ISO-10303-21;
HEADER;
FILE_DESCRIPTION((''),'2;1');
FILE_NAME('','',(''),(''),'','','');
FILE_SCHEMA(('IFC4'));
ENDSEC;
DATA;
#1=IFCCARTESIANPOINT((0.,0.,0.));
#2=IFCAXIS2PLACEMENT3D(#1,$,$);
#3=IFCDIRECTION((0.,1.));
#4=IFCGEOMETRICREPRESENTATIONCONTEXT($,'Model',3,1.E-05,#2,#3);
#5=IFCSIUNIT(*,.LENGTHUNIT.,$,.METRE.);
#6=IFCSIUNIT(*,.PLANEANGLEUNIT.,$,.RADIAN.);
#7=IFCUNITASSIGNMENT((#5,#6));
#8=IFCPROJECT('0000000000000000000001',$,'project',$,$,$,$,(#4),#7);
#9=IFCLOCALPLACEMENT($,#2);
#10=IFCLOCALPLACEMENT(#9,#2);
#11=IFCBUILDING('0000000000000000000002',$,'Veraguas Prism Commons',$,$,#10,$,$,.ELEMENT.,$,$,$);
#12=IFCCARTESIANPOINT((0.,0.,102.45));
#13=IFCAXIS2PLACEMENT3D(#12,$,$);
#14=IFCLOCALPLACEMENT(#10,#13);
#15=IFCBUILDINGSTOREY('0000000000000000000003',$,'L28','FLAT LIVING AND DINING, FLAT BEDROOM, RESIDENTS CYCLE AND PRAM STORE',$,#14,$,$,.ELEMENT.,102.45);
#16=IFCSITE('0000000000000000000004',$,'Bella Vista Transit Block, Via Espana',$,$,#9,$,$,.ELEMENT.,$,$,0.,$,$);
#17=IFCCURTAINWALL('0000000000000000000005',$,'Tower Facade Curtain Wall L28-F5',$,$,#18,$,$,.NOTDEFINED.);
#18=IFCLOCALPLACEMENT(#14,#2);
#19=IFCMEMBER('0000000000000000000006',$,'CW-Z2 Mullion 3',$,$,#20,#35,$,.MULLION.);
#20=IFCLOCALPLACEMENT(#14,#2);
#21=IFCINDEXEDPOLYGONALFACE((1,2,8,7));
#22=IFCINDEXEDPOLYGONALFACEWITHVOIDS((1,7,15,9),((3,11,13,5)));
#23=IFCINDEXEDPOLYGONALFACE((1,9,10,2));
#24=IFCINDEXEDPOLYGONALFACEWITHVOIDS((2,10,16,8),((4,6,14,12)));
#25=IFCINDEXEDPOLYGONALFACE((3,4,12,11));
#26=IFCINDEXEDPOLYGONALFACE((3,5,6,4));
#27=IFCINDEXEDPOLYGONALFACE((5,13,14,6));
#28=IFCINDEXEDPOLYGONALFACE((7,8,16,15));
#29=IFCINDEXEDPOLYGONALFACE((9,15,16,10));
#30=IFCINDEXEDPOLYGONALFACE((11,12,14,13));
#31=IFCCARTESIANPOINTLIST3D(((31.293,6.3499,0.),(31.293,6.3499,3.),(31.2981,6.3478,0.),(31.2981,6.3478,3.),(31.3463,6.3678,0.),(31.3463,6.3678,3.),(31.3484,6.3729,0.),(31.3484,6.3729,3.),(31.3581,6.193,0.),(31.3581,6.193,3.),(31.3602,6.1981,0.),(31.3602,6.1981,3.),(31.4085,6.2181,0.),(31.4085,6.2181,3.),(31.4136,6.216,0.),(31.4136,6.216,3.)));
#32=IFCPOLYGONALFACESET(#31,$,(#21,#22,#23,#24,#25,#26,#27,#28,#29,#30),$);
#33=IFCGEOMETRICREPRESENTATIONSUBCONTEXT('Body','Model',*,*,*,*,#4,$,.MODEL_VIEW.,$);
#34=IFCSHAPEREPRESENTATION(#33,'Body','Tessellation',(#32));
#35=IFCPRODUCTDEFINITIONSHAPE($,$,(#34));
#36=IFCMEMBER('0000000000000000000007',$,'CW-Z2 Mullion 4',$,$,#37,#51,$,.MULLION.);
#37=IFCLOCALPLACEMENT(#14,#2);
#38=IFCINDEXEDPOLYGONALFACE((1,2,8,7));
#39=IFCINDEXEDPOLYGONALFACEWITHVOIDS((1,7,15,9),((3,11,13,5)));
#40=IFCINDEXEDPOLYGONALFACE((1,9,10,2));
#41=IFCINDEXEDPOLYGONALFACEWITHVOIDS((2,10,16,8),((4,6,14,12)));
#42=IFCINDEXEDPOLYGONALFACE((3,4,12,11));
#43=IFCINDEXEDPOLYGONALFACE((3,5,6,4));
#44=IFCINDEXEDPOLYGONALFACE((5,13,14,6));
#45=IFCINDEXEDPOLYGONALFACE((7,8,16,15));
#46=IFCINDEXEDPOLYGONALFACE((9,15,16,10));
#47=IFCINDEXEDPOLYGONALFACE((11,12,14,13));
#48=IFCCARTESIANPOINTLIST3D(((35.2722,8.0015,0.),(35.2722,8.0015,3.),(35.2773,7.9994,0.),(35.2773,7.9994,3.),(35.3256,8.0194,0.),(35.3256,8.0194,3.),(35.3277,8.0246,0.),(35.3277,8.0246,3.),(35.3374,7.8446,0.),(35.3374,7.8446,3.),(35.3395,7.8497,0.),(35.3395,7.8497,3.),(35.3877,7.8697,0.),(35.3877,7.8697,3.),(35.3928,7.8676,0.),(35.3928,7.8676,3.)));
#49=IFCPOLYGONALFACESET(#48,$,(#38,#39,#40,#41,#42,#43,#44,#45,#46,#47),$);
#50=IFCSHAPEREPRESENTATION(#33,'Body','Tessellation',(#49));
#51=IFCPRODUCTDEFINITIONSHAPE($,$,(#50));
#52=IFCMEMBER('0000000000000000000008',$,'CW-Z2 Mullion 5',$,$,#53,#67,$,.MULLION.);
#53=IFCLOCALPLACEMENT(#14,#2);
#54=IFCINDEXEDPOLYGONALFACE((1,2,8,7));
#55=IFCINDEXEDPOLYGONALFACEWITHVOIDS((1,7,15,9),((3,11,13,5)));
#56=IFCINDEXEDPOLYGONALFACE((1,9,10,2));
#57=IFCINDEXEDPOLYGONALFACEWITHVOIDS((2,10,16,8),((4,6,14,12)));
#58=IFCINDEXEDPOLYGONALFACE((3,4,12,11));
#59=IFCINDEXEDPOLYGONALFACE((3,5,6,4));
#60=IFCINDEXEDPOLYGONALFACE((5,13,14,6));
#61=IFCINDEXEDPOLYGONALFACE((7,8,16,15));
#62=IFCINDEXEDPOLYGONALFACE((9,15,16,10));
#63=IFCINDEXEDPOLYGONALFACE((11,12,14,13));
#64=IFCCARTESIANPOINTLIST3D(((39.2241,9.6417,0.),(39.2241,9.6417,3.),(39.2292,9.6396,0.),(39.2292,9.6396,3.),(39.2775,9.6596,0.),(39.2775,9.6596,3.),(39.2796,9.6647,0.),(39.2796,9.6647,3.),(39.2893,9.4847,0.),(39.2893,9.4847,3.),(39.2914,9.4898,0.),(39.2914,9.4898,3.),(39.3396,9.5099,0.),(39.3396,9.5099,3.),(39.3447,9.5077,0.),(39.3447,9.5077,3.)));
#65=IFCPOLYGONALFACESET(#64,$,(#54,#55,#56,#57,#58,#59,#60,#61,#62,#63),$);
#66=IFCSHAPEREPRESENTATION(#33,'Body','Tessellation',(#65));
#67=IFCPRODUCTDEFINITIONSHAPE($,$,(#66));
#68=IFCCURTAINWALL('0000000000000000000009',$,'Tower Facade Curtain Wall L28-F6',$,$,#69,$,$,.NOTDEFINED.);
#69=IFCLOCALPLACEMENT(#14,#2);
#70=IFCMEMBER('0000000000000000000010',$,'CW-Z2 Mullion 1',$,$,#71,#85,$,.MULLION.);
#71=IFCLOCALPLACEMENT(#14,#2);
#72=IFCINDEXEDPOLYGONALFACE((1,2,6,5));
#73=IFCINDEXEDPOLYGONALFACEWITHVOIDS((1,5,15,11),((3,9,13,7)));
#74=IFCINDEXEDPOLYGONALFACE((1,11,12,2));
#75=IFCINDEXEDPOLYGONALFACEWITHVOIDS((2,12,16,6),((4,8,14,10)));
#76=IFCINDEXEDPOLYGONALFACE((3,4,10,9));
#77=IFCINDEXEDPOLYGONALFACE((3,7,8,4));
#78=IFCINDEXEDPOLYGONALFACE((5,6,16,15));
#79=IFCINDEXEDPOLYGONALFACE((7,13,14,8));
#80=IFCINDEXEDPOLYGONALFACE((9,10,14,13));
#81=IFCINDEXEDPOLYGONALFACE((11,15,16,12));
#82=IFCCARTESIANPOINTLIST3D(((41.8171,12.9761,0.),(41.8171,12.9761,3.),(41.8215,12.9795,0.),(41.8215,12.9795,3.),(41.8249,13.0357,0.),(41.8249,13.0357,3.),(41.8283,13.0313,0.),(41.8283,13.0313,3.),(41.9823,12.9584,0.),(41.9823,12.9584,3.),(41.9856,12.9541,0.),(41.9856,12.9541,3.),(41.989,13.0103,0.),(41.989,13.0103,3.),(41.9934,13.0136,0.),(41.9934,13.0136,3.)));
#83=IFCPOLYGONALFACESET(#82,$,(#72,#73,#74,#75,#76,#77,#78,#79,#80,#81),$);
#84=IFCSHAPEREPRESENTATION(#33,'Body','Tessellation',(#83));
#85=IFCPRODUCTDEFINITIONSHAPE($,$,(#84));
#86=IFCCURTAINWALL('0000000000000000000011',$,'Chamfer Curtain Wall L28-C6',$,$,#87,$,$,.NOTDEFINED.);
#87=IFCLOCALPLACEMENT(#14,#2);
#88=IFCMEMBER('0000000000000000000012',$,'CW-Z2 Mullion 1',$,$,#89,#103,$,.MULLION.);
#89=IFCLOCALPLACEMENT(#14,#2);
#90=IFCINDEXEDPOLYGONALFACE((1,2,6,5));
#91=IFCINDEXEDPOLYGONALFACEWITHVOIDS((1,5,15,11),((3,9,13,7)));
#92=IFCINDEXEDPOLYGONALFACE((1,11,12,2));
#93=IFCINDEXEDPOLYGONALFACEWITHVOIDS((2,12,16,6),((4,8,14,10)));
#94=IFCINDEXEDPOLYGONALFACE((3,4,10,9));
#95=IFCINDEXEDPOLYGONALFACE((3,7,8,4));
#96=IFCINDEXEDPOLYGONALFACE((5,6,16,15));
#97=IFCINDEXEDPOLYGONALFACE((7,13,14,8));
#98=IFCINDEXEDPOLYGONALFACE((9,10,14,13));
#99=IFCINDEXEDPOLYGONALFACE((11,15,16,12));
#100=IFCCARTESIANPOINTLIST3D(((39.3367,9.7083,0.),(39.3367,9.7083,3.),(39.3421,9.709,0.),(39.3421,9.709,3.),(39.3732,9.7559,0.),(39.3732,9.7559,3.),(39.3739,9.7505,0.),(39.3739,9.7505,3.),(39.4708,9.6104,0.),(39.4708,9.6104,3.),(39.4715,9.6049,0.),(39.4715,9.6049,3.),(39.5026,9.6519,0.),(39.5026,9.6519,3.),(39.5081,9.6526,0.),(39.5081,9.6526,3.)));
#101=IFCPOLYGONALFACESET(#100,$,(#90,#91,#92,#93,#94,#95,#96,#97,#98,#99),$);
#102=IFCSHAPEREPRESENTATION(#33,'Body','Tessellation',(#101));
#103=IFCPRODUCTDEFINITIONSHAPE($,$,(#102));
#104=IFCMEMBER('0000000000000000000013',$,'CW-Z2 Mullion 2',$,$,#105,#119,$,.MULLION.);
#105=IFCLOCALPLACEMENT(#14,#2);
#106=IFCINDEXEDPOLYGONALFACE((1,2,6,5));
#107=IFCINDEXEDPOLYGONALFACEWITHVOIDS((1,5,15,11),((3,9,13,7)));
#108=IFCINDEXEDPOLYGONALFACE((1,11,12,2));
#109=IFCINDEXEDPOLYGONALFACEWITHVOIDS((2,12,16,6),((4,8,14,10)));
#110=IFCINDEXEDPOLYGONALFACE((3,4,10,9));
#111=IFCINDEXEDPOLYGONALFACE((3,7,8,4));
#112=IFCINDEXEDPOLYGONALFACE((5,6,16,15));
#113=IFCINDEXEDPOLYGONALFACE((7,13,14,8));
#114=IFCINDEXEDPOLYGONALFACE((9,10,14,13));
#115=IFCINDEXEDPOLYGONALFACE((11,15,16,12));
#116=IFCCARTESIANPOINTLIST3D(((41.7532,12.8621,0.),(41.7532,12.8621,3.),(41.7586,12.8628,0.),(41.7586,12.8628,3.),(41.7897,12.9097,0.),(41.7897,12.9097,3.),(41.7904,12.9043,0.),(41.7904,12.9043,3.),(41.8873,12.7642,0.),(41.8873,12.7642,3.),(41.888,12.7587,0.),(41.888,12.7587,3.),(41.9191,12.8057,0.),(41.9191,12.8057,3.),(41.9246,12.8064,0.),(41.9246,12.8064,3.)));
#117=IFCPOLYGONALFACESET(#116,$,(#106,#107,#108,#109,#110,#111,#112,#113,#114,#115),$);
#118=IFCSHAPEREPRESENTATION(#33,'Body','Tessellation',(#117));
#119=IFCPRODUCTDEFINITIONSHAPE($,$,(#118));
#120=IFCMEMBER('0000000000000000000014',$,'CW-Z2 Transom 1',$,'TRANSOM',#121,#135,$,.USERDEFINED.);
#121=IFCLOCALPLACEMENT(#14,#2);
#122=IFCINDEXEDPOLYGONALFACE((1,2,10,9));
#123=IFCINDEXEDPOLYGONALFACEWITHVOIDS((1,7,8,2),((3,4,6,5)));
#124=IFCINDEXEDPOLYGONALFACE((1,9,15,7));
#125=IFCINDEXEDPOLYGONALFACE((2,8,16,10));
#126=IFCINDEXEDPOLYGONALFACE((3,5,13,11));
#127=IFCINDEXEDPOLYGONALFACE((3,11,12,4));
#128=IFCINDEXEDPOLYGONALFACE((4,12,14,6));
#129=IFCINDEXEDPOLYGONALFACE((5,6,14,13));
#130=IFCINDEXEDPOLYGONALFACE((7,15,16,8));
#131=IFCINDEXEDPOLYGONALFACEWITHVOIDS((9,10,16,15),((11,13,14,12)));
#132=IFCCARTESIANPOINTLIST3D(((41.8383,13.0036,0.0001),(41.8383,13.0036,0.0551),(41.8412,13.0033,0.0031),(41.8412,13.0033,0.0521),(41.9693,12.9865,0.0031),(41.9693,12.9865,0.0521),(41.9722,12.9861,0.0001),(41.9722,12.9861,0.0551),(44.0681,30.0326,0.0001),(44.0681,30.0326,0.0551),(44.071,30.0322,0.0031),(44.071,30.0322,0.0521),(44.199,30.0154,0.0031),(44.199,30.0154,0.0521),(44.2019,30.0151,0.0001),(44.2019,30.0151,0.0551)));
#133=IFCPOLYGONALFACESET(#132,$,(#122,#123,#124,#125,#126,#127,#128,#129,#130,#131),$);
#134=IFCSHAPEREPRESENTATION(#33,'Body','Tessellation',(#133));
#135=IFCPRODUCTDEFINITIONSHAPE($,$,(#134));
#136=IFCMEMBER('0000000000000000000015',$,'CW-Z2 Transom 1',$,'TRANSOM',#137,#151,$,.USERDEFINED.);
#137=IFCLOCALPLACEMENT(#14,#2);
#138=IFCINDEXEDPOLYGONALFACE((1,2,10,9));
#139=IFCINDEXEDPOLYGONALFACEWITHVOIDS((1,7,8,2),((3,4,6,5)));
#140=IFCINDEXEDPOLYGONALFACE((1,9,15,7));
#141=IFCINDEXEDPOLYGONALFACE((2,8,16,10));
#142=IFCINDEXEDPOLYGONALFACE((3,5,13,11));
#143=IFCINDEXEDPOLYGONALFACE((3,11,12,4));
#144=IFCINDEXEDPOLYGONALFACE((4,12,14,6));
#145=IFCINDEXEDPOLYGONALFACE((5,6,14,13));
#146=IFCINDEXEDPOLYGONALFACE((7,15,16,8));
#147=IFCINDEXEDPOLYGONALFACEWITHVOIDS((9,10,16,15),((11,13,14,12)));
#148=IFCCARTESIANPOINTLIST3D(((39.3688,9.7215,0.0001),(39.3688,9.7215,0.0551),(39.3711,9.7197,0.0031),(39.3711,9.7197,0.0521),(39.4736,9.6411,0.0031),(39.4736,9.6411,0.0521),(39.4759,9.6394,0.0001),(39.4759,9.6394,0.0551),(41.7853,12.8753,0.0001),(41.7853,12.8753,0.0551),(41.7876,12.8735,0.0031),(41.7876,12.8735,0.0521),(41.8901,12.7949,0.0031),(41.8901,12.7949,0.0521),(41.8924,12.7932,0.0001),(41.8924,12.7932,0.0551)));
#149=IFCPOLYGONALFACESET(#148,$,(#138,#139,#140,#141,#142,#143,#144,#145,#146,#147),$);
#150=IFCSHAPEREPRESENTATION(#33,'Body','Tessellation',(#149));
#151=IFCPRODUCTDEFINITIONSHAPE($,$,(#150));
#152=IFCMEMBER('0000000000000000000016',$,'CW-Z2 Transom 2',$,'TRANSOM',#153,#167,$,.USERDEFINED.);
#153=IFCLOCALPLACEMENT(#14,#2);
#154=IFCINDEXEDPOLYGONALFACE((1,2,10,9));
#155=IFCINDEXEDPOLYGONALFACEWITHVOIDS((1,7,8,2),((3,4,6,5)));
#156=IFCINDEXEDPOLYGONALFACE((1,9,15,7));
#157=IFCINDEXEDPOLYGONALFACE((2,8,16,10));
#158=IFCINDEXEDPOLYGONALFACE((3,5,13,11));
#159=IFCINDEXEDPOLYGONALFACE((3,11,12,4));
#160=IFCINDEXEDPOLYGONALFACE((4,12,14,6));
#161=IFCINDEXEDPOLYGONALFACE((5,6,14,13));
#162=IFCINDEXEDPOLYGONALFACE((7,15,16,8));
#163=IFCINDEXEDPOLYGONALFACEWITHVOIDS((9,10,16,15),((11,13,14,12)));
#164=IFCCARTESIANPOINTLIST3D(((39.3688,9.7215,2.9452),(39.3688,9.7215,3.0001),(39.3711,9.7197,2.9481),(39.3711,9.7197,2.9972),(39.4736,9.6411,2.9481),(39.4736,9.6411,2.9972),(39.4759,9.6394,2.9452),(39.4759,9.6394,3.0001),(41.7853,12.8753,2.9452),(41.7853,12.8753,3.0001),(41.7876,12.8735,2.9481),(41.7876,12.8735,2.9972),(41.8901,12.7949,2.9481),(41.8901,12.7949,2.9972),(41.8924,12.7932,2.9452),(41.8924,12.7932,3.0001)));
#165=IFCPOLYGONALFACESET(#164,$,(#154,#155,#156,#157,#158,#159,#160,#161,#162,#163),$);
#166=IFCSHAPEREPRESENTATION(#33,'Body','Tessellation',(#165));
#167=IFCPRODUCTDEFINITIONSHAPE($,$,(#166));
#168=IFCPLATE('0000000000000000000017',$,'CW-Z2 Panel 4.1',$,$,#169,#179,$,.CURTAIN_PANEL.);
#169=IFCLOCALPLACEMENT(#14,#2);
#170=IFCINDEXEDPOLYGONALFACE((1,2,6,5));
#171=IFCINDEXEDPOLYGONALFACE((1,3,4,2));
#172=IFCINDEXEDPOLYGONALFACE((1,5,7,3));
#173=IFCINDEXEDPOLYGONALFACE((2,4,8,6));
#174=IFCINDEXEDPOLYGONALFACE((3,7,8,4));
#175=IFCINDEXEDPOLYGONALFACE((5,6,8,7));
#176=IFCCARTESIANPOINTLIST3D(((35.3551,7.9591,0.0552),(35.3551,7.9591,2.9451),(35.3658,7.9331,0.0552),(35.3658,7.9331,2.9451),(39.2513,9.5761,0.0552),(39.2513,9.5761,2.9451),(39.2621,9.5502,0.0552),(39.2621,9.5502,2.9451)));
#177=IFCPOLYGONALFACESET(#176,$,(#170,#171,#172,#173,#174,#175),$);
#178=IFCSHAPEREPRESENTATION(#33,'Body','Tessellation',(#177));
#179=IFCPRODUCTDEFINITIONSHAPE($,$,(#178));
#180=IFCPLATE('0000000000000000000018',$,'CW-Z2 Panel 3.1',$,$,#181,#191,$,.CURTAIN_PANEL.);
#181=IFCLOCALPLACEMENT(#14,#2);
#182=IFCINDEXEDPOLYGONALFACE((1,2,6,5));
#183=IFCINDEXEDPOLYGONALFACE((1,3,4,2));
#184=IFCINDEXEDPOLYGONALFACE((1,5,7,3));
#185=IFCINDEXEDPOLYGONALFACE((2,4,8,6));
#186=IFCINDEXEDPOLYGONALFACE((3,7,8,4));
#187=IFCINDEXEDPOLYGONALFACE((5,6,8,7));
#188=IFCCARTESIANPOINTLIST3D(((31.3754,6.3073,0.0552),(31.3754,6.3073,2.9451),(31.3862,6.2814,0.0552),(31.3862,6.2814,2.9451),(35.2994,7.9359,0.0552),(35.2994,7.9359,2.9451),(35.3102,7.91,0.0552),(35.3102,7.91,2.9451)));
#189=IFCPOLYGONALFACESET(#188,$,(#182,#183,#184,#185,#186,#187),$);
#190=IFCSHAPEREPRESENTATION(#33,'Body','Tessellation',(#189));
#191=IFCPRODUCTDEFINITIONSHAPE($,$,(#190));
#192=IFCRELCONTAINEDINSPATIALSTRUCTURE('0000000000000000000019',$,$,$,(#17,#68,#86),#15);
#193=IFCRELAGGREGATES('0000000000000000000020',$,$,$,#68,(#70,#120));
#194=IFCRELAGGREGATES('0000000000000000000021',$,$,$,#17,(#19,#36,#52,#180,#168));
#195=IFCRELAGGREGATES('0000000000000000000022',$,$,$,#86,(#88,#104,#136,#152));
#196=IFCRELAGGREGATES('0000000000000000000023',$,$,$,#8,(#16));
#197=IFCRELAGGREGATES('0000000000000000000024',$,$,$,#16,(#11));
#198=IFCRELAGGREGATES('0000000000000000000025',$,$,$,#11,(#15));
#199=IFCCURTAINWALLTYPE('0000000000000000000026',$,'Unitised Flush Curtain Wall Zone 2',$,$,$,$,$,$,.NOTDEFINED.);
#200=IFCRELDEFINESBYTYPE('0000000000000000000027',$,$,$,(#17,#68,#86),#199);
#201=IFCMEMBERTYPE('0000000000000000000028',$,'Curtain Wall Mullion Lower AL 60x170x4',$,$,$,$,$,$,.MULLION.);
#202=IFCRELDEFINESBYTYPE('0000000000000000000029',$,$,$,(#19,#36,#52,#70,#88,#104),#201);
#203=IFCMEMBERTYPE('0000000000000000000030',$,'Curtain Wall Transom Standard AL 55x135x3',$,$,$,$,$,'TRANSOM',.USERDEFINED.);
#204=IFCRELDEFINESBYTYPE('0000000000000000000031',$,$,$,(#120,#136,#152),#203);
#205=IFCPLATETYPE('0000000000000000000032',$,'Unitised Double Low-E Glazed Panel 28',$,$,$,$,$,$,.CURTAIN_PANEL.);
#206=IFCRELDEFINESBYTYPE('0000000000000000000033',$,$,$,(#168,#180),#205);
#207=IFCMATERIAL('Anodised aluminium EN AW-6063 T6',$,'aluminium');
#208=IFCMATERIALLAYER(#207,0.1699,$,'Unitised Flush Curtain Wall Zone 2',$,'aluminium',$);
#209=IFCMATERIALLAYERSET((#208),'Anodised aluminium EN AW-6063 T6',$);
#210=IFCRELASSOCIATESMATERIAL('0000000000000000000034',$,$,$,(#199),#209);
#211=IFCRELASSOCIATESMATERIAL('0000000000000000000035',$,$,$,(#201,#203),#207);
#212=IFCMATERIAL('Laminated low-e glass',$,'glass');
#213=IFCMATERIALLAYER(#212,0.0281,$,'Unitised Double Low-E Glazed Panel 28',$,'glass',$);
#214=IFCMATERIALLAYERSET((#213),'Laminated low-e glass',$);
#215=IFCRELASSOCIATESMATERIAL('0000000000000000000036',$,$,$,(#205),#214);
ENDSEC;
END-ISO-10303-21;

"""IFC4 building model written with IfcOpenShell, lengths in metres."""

from ifc_helpers import new_model, si_unit, direction, frame, origin, origin_2d, place, context, subcontext, project, spatial, rectangle, hollow_rectangle, extrude, source, transform, mapped, material, layer, layer_set, material_profile, profile_set, type_object, element, aggregate, save


model = new_model("IFC4")

# Units and contexts
model_context = context("Model", 3, precision=1e-05, world=origin(), true_north=direction((0.0, 1.0)))
body_context = subcontext(model_context, "Body", "Model", "MODEL_VIEW")
ifc_project = project(units=[si_unit("LENGTHUNIT", "METRE"), si_unit("PLANEANGLEUNIT", "RADIAN")], contexts=[model_context])

# Site, building, storey
site_placement = place(None, origin())
site = spatial("IfcSite", under=ifc_project, at=site_placement, Name="Bella Vista Transit Block, Via Espana", CompositionType="ELEMENT", RefElevation=0.0)
building_placement = place(site_placement, origin())
building = spatial("IfcBuilding", under=site, at=building_placement, Name="Veraguas Prism Commons", CompositionType="ELEMENT")
storey_placement = place(building_placement, frame((0.0, 0.0, 102.45)))
storey = spatial("IfcBuildingStorey", under=building, at=storey_placement, Name="L28", Description="FLAT LIVING AND DINING, FLAT BEDROOM, RESIDENTS CYCLE AND PRAM STORE", CompositionType="ELEMENT", Elevation=102.45)

# Curtain wall, members
ifc_material_1 = material(Name="Anodised aluminium EN AW-6063 T6", Category="aluminium")
ifc_layer_1 = layer(ifc_material_1, 0.1699, Name="Unitised Flush Curtain Wall Zone 2", Category="aluminium")
ifc_layer_set_1 = layer_set([ifc_layer_1], Name="Anodised aluminium EN AW-6063 T6")
curtain_wall_type = type_object("IfcCurtainWallType", Name="Unitised Flush Curtain Wall Zone 2", PredefinedType="NOTDEFINED", material=ifc_layer_set_1)
curtain_wall_1_placement = place(storey_placement, origin())
curtain_wall_1 = element("IfcCurtainWall", 1, at=curtain_wall_1_placement, inside=storey, type_object=curtain_wall_type, Name="Tower Facade Curtain Wall L28-F5", PredefinedType="NOTDEFINED")
ifc_material_profile_1 = material_profile(ifc_material_1, hollow_rectangle(XDim=0.0601, YDim=0.1699, WallThickness=0.0039, at=origin_2d()), Name="AL60X170X4")
ifc_profile_set_1 = profile_set([ifc_material_profile_1], Name="Anodised aluminium EN AW-6063 T6")
member_type_1 = type_object("IfcMemberType", Name="Curtain Wall Mullion Lower AL 60x170x4", PredefinedType="MULLION", material=ifc_profile_set_1)
shared_shape_1 = source(origin(), body_context, "Body", "SweptSolid", [
    extrude(hollow_rectangle(XDim=0.0601, YDim=0.1699, WallThickness=0.0039, at=origin_2d()), origin(), (0.0, 0.0, 1.0), 3.0),
])
member_1_placement = place(storey_placement, frame((31.3533, 6.283, 0.0), z_axis=(0.0, 0.0, 1.0), x_axis=(0.923611, 0.383332, 0.0)))
member_1 = element("IfcMember", 2, at=member_1_placement, type_object=member_type_1, Name="CW-Z2 Mullion 3", PredefinedType="MULLION", context=body_context, shape_type="MappedRepresentation", body=[
    mapped(shared_shape_1, transform((0.0, 0.0, 0.0), scale=1.0)),
])
member_2_placement = place(storey_placement, frame((35.3325, 7.9346, 0.0), z_axis=(0.0, 0.0, 1.0), x_axis=(0.923611, 0.383332, 0.0)))
member_2 = element("IfcMember", 3, at=member_2_placement, type_object=member_type_1, Name="CW-Z2 Mullion 4", PredefinedType="MULLION", context=body_context, shape_type="MappedRepresentation", body=[
    mapped(shared_shape_1, transform((0.0, 0.0, 0.0), scale=1.0)),
])
member_3_placement = place(storey_placement, frame((39.2844, 9.5747, 0.0), z_axis=(0.0, 0.0, 1.0), x_axis=(0.923611, 0.383332, 0.0)))
member_3 = element("IfcMember", 4, at=member_3_placement, type_object=member_type_1, Name="CW-Z2 Mullion 5", PredefinedType="MULLION", context=body_context, shape_type="MappedRepresentation", body=[
    mapped(shared_shape_1, transform((0.0, 0.0, 0.0), scale=1.0)),
])

# Curtain wall, member
curtain_wall_2_placement = place(storey_placement, origin())
curtain_wall_2 = element("IfcCurtainWall", 5, at=curtain_wall_2_placement, inside=storey, type_object=curtain_wall_type, Name="Tower Facade Curtain Wall L28-F6", PredefinedType="NOTDEFINED")
member_4_placement = place(storey_placement, frame((41.9053, 12.9949, 0.0), z_axis=(0.0, 0.0, 1.0), x_axis=(0.129834, 0.991536, 0.0)))
member_4 = element("IfcMember", 6, at=member_4_placement, type_object=member_type_1, Name="CW-Z2 Mullion 1", PredefinedType="MULLION", context=body_context, shape_type="MappedRepresentation", body=[
    mapped(shared_shape_1, transform((0.0, 0.0, 0.0), scale=1.0)),
])

# Curtain wall, members
curtain_wall_3_placement = place(storey_placement, origin())
curtain_wall_3 = element("IfcCurtainWall", 7, at=curtain_wall_3_placement, inside=storey, type_object=curtain_wall_type, Name="Chamfer Curtain Wall L28-C6", PredefinedType="NOTDEFINED")
member_5_placement = place(storey_placement, frame((39.4224, 9.6804, 0.0), z_axis=(0.0, 0.0, 1.0), x_axis=(0.608212, 0.793775, 0.0)))
member_5 = element("IfcMember", 8, at=member_5_placement, type_object=member_type_1, Name="CW-Z2 Mullion 1", PredefinedType="MULLION", context=body_context, shape_type="MappedRepresentation", body=[
    mapped(shared_shape_1, transform((0.0, 0.0, 0.0), scale=1.0)),
])
member_6_placement = place(storey_placement, frame((41.8389, 12.8342, 0.0), z_axis=(0.0, 0.0, 1.0), x_axis=(0.608212, 0.793775, 0.0)))
member_6 = element("IfcMember", 9, at=member_6_placement, type_object=member_type_1, Name="CW-Z2 Mullion 2", PredefinedType="MULLION", context=body_context, shape_type="MappedRepresentation", body=[
    mapped(shared_shape_1, transform((0.0, 0.0, 0.0), scale=1.0)),
])

# Members
ifc_material_profile_2 = material_profile(ifc_material_1, hollow_rectangle(XDim=0.0549, YDim=0.135, WallThickness=0.0029, at=origin_2d()), Name="AL55X135X3")
ifc_profile_set_2 = profile_set([ifc_material_profile_2], Name="Anodised aluminium EN AW-6063 T6")
member_type_2 = type_object("IfcMemberType", Name="Curtain Wall Transom Standard AL 55x135x3", ElementType="TRANSOM", PredefinedType="USERDEFINED", material=ifc_profile_set_2)
shared_shape_2 = source(origin(), body_context, "Body", "SweptSolid", [
    extrude(hollow_rectangle(XDim=0.0549, YDim=0.135, WallThickness=0.0029, at=origin_2d()), origin(), (0.0, 0.0, 1.0), 17.1743),
])
member_7_placement = place(storey_placement, frame((41.9053, 12.9949, 0.0276), z_axis=(0.129829, 0.991536, 0.0), x_axis=(0.0, 0.0, 1.0)))
member_7 = element("IfcMember", 10, at=member_7_placement, type_object=member_type_2, Name="CW-Z2 Transom 1", ObjectType="TRANSOM", PredefinedType="USERDEFINED", context=body_context, shape_type="MappedRepresentation", body=[
    mapped(shared_shape_2, transform((0.0, 0.0, 0.0), scale=1.0)),
])
aggregate(curtain_wall_2, [member_4, member_7])
shared_shape_3 = source(origin(), body_context, "Body", "SweptSolid", [
    extrude(hollow_rectangle(XDim=0.0549, YDim=0.135, WallThickness=0.0029, at=origin_2d()), origin(), (0.0, 0.0, 1.0), 3.9731),
])
member_8_placement = place(storey_placement, frame((39.4224, 9.6804, 0.0276), z_axis=(0.608207, 0.793778, 0.0), x_axis=(0.0, 0.0, 1.0)))
member_8 = element("IfcMember", 11, at=member_8_placement, type_object=member_type_2, Name="CW-Z2 Transom 1", ObjectType="TRANSOM", PredefinedType="USERDEFINED", context=body_context, shape_type="MappedRepresentation", body=[
    mapped(shared_shape_3, transform((0.0, 0.0, 0.0), scale=1.0)),
])
member_9_placement = place(storey_placement, frame((39.4224, 9.6804, 2.9727), z_axis=(0.608207, 0.793778, 0.0), x_axis=(0.0, 0.0, 1.0)))
member_9 = element("IfcMember", 12, at=member_9_placement, type_object=member_type_2, Name="CW-Z2 Transom 2", ObjectType="TRANSOM", PredefinedType="USERDEFINED", context=body_context, shape_type="MappedRepresentation", body=[
    mapped(shared_shape_3, transform((0.0, 0.0, 0.0), scale=1.0)),
])

# Plates
ifc_material_2 = material(Name="Laminated low-e glass", Category="glass")
ifc_layer_2 = layer(ifc_material_2, 0.0281, Name="Unitised Double Low-E Glazed Panel 28", Category="glass")
ifc_layer_set_2 = layer_set([ifc_layer_2], Name="Laminated low-e glass")
plate_type = type_object("IfcPlateType", Name="Unitised Double Low-E Glazed Panel 28", PredefinedType="CURTAIN_PANEL", material=ifc_layer_set_2)
shared_shape_4 = source(origin(), body_context, "Body", "SweptSolid", [
    extrude(rectangle(XDim=4.2185, YDim=0.0281, at=origin_2d()), origin(), (0.0, 0.0, 1.0), 2.8899),
])
plate_1_placement = place(storey_placement, frame((37.3086, 8.7546, 0.0552), z_axis=(0.0, 0.0, 1.0), x_axis=(0.923611, 0.383332, 0.0)))
plate_1 = element("IfcPlate", 13, at=plate_1_placement, type_object=plate_type, Name="CW-Z2 Panel 4.1", PredefinedType="CURTAIN_PANEL", context=body_context, shape_type="MappedRepresentation", body=[
    mapped(shared_shape_4, transform((0.0, 0.0, 0.0), scale=1.0)),
])
shared_shape_5 = source(origin(), body_context, "Body", "SweptSolid", [
    extrude(rectangle(XDim=4.2485, YDim=0.0281, at=origin_2d()), origin(), (0.0, 0.0, 1.0), 2.8899),
])
plate_2_placement = place(storey_placement, frame((33.3428, 7.1086, 0.0552), z_axis=(0.0, 0.0, 1.0), x_axis=(0.923611, 0.383332, 0.0)))
plate_2 = element("IfcPlate", 14, at=plate_2_placement, type_object=plate_type, Name="CW-Z2 Panel 3.1", PredefinedType="CURTAIN_PANEL", context=body_context, shape_type="MappedRepresentation", body=[
    mapped(shared_shape_5, transform((0.0, 0.0, 0.0), scale=1.0)),
])
aggregate(curtain_wall_1, [member_1, member_2, member_3, plate_2, plate_1])
aggregate(curtain_wall_3, [member_5, member_6, member_8, member_9])

save(model, "model.ifc")
